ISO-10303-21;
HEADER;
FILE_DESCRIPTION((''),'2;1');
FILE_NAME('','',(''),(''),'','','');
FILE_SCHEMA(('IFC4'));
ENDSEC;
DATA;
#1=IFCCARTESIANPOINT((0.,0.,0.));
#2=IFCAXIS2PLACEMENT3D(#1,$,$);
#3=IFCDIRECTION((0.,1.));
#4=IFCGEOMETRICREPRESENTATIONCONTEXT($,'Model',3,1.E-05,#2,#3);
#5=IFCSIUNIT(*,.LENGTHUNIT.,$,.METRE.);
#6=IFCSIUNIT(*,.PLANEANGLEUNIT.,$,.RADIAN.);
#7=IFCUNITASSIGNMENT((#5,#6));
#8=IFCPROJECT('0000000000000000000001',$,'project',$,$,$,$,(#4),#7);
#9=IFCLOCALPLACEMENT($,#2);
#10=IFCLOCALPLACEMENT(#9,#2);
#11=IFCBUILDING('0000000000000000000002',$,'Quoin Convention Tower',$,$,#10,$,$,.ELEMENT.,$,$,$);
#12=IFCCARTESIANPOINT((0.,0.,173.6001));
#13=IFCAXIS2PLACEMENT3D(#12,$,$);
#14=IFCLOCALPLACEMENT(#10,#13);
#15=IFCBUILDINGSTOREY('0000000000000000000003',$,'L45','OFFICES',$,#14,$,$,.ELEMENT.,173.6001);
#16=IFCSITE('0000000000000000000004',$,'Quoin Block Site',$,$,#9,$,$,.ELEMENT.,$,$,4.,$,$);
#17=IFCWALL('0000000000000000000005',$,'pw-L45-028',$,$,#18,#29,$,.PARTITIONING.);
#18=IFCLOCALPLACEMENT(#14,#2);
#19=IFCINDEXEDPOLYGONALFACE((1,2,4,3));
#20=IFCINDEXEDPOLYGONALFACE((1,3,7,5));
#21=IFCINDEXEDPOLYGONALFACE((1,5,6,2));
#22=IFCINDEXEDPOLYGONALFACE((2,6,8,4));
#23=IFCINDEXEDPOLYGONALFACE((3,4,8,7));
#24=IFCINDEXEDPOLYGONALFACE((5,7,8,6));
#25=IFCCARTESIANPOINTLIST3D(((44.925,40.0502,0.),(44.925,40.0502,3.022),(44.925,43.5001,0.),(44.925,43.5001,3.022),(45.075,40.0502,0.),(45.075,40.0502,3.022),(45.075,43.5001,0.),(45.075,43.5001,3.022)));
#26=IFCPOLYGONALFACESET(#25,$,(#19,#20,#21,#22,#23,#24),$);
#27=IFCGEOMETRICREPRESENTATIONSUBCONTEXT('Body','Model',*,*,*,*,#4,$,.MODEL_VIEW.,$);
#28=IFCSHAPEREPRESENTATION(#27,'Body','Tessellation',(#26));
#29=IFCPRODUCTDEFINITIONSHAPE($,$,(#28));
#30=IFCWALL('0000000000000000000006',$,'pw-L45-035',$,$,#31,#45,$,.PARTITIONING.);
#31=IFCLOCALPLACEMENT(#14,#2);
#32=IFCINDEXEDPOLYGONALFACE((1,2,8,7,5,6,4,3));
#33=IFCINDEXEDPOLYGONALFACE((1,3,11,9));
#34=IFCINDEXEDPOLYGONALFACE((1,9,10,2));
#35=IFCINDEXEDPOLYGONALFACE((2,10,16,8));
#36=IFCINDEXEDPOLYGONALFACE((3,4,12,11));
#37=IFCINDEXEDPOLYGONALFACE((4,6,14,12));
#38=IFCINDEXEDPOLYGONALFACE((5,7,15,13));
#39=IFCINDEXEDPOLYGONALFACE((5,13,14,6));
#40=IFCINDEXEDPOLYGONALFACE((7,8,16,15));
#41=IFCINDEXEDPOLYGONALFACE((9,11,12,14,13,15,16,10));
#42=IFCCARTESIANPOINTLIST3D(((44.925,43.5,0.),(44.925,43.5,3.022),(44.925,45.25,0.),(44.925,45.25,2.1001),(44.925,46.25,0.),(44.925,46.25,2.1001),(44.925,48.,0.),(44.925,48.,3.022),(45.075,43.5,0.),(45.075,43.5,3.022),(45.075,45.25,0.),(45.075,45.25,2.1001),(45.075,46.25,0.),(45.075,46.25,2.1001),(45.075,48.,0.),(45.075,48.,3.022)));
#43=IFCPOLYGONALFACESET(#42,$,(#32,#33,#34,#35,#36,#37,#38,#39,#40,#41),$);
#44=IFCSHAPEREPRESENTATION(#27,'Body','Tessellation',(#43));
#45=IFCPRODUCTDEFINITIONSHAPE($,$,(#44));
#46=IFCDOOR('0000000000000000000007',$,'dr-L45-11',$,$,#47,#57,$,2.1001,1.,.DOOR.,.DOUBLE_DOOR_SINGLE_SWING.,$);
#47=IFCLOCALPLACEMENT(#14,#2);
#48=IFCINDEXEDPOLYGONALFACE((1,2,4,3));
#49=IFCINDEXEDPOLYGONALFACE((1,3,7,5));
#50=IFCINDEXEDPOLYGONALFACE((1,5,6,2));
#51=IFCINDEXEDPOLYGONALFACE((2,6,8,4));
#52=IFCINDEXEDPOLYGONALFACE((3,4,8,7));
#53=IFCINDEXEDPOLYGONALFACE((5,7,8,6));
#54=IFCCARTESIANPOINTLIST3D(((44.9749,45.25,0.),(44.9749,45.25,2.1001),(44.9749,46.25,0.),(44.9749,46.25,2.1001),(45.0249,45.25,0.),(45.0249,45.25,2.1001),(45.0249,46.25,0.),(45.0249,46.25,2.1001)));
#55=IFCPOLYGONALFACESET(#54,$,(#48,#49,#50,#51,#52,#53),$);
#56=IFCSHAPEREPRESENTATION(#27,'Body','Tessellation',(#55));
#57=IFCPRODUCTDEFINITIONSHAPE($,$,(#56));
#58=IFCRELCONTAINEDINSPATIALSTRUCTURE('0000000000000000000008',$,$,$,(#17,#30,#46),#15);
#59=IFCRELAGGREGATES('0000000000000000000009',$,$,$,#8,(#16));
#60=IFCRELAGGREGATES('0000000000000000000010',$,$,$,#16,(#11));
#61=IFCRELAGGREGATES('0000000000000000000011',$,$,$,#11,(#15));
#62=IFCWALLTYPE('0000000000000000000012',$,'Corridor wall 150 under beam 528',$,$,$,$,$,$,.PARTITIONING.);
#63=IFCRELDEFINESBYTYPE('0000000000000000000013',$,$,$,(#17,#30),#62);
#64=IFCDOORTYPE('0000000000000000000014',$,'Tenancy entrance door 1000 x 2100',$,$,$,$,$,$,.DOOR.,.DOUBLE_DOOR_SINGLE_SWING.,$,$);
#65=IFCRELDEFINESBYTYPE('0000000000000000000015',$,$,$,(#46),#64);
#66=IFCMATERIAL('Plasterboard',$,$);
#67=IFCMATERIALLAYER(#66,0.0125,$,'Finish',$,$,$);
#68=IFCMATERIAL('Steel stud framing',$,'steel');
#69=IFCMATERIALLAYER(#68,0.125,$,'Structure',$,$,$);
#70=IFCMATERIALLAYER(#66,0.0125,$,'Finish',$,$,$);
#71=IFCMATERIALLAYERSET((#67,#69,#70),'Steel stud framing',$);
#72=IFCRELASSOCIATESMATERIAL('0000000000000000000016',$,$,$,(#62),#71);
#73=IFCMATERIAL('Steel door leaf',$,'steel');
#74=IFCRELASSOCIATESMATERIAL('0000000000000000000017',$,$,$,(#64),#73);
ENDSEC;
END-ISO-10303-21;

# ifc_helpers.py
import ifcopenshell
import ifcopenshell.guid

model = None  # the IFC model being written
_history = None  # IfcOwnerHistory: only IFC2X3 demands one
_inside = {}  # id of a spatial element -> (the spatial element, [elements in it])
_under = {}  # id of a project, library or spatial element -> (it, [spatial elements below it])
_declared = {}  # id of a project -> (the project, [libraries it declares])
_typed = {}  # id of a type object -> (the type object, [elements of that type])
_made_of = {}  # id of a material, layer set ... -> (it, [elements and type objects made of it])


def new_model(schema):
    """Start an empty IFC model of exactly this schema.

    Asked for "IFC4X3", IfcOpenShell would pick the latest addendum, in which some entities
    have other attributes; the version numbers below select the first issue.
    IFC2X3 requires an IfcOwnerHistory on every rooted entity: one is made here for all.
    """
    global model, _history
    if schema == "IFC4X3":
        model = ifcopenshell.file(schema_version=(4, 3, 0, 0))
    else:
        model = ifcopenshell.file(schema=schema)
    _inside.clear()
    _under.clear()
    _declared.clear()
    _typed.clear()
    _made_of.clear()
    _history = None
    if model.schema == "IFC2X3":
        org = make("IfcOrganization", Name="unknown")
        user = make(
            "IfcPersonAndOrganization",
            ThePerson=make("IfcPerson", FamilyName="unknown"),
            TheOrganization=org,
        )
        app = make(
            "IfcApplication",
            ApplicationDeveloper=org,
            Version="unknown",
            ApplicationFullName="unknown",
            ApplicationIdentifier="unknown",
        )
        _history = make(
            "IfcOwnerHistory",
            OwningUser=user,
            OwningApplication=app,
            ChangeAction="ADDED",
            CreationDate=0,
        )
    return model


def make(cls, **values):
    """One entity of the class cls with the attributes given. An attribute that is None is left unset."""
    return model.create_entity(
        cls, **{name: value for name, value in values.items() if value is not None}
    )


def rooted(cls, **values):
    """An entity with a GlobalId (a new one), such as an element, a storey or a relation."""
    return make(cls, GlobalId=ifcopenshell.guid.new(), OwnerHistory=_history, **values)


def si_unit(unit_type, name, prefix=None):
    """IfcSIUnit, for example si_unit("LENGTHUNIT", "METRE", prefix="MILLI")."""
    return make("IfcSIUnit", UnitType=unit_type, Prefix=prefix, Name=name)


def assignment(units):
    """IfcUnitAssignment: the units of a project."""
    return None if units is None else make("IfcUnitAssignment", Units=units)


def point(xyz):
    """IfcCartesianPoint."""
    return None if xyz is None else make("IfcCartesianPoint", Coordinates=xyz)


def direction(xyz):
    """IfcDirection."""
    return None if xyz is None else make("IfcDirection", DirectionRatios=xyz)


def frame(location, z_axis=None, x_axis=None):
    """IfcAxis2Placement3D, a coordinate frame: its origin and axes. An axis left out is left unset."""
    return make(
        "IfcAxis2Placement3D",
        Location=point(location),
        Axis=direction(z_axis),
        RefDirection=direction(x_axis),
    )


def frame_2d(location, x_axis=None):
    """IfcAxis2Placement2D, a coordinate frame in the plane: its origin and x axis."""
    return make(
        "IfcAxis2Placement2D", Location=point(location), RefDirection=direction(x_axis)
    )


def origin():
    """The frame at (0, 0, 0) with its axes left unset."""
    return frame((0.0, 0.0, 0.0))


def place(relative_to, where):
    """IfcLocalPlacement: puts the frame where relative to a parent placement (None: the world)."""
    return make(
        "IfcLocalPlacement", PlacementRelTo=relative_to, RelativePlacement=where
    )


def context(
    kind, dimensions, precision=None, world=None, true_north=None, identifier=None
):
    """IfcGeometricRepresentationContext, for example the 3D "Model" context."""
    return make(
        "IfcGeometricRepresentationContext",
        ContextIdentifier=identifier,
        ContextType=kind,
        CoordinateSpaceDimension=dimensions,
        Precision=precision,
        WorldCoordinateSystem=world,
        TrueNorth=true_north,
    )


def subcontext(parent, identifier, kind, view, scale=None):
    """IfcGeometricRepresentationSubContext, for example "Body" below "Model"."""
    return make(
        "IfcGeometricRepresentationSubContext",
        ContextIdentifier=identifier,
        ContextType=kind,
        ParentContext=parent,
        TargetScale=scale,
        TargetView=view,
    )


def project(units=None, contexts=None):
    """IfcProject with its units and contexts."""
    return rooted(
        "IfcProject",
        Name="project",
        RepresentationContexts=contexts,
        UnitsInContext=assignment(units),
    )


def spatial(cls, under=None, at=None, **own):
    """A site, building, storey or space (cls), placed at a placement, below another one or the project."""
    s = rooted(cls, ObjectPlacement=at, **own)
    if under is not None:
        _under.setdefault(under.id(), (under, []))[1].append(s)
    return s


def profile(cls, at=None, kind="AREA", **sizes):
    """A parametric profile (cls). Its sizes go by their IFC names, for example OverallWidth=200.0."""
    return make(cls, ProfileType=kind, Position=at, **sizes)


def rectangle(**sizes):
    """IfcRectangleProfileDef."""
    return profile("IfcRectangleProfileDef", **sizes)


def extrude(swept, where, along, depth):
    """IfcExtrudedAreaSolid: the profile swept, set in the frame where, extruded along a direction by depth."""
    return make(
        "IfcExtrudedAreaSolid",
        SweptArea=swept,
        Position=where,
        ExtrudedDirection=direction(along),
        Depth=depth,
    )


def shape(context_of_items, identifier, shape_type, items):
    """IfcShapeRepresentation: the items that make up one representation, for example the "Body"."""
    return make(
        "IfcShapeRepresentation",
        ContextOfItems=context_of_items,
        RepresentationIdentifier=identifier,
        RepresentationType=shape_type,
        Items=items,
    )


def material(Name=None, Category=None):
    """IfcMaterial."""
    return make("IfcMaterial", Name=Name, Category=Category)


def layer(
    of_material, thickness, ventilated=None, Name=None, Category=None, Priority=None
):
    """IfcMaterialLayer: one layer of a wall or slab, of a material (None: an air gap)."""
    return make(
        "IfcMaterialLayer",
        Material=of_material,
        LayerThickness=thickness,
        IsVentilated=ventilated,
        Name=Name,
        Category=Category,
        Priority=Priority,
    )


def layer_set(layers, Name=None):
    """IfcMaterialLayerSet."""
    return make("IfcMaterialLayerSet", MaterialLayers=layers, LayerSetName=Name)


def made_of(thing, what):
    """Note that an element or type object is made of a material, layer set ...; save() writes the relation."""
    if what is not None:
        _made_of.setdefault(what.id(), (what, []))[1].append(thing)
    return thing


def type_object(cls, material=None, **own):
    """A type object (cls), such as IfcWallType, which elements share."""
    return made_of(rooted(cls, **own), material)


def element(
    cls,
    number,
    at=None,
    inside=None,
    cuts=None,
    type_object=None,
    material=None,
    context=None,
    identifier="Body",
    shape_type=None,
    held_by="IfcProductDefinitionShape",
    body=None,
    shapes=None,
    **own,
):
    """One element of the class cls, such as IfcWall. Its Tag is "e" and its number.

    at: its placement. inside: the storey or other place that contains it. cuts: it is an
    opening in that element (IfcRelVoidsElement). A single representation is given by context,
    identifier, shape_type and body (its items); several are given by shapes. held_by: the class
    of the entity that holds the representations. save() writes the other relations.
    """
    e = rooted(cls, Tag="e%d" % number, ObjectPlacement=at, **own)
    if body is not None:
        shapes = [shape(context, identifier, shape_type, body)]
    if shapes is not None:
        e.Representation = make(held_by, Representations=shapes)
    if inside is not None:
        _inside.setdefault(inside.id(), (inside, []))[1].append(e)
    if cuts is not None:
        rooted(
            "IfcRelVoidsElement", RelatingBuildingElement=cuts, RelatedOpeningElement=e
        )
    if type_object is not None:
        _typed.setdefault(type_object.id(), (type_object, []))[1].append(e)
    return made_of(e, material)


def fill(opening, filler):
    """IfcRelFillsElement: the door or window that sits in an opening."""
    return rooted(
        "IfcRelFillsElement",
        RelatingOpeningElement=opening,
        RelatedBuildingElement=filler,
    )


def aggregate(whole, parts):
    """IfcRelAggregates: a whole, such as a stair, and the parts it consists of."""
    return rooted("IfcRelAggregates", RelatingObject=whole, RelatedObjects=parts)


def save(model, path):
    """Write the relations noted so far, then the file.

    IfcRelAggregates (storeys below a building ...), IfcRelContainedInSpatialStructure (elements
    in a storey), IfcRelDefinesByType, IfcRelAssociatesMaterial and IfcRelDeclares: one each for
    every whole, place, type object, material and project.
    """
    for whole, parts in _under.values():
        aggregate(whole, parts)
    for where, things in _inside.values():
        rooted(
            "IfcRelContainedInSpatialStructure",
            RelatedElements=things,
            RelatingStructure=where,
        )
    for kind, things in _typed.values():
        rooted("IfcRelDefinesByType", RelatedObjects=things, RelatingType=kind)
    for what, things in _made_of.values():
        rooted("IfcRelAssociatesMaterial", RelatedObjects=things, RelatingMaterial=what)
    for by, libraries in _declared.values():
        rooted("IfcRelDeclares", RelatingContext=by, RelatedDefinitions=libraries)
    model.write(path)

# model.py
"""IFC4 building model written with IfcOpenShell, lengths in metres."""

from ifc_helpers import new_model, si_unit, direction, frame, frame_2d, origin, place, context, subcontext, project, spatial, rectangle, extrude, material, layer, layer_set, type_object, element, fill, save


model = new_model("IFC4")

# Units and contexts
model_context = context("Model", 3, precision=1e-05, world=origin(), true_north=direction((0.0, 1.0)))
body_context = subcontext(model_context, "Body", "Model", "MODEL_VIEW")
ifc_project = project(units=[si_unit("LENGTHUNIT", "METRE"), si_unit("PLANEANGLEUNIT", "RADIAN")], contexts=[model_context])

# Site, building, storey
site_placement = place(None, origin())
site = spatial("IfcSite", under=ifc_project, at=site_placement, Name="Quoin Block Site", CompositionType="ELEMENT", RefElevation=4.0)
building_placement = place(site_placement, origin())
building = spatial("IfcBuilding", under=site, at=building_placement, Name="Quoin Convention Tower", CompositionType="ELEMENT")
storey_placement = place(building_placement, frame((0.0, 0.0, 173.6001)))
storey = spatial("IfcBuildingStorey", under=building, at=storey_placement, Name="L45", Description="OFFICES", CompositionType="ELEMENT", Elevation=173.6001)

# Wall
ifc_material_1 = material(Name="Plasterboard")
ifc_material_2 = material(Name="Steel stud framing", Category="steel")
ifc_layer_1 = layer(ifc_material_1, 0.0125, Name="Finish")
ifc_layer_2 = layer(ifc_material_2, 0.125, Name="Structure")
ifc_layer_3 = layer(ifc_material_1, 0.0125, Name="Finish")
ifc_layer_set_1 = layer_set([ifc_layer_1, ifc_layer_2, ifc_layer_3], Name="Steel stud framing")
wall_type_1 = type_object("IfcWallType", Name="Corridor wall 150 under beam 528", PredefinedType="PARTITIONING", material=ifc_layer_set_1)
wall_1_placement = place(storey_placement, frame((45.0, 40.05, 0.0), z_axis=(0.0, 0.0, 1.0), x_axis=(0.0, 1.0, 0.0)))
element("IfcWall", 1, at=wall_1_placement, inside=storey, type_object=wall_type_1, Name="pw-L45-028", PredefinedType="PARTITIONING", context=body_context, shape_type="SweptSolid", body=[
    extrude(rectangle(XDim=3.45, YDim=0.1499, at=frame_2d((1.7251, 0.0))), origin(), (0.0, 0.0, 1.0), 3.022),
])

# Wall, opening, door
wall_2_placement = place(storey_placement, frame((45.0, 43.5, 0.0), z_axis=(0.0, 0.0, 1.0), x_axis=(0.0, 1.0, 0.0)))
wall_2 = element("IfcWall", 2, at=wall_2_placement, inside=storey, type_object=wall_type_1, Name="pw-L45-035", PredefinedType="PARTITIONING", context=body_context, shape_type="SweptSolid", body=[
    extrude(rectangle(XDim=4.5, YDim=0.1499, at=frame_2d((2.25, 0.0))), origin(), (0.0, 0.0, 1.0), 3.022),
])
opening_placement = place(wall_2_placement, frame((1.75, 0.0, 0.0)))
opening = element("IfcOpeningElement", 3, at=opening_placement, cuts=wall_2, PredefinedType="OPENING", context=body_context, shape_type="SweptSolid", body=[
    extrude(rectangle(XDim=1.0, YDim=2.1001, at=frame_2d((0.5, 1.05))), frame((0.0, 0.085, 0.0), z_axis=(0.0, -1.0, 0.0), x_axis=(1.0, 0.0, 0.0)), (0.0, 0.0, 1.0), 0.1699),
])
ifc_material_3 = material(Name="Steel door leaf", Category="steel")
door_type = type_object("IfcDoorType", Name="Tenancy entrance door 1000 x 2100", OperationType="DOUBLE_DOOR_SINGLE_SWING", PredefinedType="DOOR", material=ifc_material_3)
door_placement = place(opening_placement, frame((1.0, 0.0, 0.0), z_axis=(0.0, 0.0, 1.0), x_axis=(-1.0, 0.0, 0.0)))
door = element("IfcDoor", 4, at=door_placement, inside=storey, type_object=door_type, Name="dr-L45-11", OperationType="DOUBLE_DOOR_SINGLE_SWING", OverallHeight=2.1001, OverallWidth=1.0, PredefinedType="DOOR", context=body_context, shape_type="SweptSolid", body=[
    extrude(rectangle(XDim=1.0, YDim=2.1001, at=frame_2d((0.5, 1.05))), frame((0.0, 0.0249, 0.0), z_axis=(0.0, -1.0, 0.0), x_axis=(1.0, 0.0, 0.0)), (0.0, 0.0, 1.0), 0.05),
])
fill(opening, door)

save(model, "model.ifc")
